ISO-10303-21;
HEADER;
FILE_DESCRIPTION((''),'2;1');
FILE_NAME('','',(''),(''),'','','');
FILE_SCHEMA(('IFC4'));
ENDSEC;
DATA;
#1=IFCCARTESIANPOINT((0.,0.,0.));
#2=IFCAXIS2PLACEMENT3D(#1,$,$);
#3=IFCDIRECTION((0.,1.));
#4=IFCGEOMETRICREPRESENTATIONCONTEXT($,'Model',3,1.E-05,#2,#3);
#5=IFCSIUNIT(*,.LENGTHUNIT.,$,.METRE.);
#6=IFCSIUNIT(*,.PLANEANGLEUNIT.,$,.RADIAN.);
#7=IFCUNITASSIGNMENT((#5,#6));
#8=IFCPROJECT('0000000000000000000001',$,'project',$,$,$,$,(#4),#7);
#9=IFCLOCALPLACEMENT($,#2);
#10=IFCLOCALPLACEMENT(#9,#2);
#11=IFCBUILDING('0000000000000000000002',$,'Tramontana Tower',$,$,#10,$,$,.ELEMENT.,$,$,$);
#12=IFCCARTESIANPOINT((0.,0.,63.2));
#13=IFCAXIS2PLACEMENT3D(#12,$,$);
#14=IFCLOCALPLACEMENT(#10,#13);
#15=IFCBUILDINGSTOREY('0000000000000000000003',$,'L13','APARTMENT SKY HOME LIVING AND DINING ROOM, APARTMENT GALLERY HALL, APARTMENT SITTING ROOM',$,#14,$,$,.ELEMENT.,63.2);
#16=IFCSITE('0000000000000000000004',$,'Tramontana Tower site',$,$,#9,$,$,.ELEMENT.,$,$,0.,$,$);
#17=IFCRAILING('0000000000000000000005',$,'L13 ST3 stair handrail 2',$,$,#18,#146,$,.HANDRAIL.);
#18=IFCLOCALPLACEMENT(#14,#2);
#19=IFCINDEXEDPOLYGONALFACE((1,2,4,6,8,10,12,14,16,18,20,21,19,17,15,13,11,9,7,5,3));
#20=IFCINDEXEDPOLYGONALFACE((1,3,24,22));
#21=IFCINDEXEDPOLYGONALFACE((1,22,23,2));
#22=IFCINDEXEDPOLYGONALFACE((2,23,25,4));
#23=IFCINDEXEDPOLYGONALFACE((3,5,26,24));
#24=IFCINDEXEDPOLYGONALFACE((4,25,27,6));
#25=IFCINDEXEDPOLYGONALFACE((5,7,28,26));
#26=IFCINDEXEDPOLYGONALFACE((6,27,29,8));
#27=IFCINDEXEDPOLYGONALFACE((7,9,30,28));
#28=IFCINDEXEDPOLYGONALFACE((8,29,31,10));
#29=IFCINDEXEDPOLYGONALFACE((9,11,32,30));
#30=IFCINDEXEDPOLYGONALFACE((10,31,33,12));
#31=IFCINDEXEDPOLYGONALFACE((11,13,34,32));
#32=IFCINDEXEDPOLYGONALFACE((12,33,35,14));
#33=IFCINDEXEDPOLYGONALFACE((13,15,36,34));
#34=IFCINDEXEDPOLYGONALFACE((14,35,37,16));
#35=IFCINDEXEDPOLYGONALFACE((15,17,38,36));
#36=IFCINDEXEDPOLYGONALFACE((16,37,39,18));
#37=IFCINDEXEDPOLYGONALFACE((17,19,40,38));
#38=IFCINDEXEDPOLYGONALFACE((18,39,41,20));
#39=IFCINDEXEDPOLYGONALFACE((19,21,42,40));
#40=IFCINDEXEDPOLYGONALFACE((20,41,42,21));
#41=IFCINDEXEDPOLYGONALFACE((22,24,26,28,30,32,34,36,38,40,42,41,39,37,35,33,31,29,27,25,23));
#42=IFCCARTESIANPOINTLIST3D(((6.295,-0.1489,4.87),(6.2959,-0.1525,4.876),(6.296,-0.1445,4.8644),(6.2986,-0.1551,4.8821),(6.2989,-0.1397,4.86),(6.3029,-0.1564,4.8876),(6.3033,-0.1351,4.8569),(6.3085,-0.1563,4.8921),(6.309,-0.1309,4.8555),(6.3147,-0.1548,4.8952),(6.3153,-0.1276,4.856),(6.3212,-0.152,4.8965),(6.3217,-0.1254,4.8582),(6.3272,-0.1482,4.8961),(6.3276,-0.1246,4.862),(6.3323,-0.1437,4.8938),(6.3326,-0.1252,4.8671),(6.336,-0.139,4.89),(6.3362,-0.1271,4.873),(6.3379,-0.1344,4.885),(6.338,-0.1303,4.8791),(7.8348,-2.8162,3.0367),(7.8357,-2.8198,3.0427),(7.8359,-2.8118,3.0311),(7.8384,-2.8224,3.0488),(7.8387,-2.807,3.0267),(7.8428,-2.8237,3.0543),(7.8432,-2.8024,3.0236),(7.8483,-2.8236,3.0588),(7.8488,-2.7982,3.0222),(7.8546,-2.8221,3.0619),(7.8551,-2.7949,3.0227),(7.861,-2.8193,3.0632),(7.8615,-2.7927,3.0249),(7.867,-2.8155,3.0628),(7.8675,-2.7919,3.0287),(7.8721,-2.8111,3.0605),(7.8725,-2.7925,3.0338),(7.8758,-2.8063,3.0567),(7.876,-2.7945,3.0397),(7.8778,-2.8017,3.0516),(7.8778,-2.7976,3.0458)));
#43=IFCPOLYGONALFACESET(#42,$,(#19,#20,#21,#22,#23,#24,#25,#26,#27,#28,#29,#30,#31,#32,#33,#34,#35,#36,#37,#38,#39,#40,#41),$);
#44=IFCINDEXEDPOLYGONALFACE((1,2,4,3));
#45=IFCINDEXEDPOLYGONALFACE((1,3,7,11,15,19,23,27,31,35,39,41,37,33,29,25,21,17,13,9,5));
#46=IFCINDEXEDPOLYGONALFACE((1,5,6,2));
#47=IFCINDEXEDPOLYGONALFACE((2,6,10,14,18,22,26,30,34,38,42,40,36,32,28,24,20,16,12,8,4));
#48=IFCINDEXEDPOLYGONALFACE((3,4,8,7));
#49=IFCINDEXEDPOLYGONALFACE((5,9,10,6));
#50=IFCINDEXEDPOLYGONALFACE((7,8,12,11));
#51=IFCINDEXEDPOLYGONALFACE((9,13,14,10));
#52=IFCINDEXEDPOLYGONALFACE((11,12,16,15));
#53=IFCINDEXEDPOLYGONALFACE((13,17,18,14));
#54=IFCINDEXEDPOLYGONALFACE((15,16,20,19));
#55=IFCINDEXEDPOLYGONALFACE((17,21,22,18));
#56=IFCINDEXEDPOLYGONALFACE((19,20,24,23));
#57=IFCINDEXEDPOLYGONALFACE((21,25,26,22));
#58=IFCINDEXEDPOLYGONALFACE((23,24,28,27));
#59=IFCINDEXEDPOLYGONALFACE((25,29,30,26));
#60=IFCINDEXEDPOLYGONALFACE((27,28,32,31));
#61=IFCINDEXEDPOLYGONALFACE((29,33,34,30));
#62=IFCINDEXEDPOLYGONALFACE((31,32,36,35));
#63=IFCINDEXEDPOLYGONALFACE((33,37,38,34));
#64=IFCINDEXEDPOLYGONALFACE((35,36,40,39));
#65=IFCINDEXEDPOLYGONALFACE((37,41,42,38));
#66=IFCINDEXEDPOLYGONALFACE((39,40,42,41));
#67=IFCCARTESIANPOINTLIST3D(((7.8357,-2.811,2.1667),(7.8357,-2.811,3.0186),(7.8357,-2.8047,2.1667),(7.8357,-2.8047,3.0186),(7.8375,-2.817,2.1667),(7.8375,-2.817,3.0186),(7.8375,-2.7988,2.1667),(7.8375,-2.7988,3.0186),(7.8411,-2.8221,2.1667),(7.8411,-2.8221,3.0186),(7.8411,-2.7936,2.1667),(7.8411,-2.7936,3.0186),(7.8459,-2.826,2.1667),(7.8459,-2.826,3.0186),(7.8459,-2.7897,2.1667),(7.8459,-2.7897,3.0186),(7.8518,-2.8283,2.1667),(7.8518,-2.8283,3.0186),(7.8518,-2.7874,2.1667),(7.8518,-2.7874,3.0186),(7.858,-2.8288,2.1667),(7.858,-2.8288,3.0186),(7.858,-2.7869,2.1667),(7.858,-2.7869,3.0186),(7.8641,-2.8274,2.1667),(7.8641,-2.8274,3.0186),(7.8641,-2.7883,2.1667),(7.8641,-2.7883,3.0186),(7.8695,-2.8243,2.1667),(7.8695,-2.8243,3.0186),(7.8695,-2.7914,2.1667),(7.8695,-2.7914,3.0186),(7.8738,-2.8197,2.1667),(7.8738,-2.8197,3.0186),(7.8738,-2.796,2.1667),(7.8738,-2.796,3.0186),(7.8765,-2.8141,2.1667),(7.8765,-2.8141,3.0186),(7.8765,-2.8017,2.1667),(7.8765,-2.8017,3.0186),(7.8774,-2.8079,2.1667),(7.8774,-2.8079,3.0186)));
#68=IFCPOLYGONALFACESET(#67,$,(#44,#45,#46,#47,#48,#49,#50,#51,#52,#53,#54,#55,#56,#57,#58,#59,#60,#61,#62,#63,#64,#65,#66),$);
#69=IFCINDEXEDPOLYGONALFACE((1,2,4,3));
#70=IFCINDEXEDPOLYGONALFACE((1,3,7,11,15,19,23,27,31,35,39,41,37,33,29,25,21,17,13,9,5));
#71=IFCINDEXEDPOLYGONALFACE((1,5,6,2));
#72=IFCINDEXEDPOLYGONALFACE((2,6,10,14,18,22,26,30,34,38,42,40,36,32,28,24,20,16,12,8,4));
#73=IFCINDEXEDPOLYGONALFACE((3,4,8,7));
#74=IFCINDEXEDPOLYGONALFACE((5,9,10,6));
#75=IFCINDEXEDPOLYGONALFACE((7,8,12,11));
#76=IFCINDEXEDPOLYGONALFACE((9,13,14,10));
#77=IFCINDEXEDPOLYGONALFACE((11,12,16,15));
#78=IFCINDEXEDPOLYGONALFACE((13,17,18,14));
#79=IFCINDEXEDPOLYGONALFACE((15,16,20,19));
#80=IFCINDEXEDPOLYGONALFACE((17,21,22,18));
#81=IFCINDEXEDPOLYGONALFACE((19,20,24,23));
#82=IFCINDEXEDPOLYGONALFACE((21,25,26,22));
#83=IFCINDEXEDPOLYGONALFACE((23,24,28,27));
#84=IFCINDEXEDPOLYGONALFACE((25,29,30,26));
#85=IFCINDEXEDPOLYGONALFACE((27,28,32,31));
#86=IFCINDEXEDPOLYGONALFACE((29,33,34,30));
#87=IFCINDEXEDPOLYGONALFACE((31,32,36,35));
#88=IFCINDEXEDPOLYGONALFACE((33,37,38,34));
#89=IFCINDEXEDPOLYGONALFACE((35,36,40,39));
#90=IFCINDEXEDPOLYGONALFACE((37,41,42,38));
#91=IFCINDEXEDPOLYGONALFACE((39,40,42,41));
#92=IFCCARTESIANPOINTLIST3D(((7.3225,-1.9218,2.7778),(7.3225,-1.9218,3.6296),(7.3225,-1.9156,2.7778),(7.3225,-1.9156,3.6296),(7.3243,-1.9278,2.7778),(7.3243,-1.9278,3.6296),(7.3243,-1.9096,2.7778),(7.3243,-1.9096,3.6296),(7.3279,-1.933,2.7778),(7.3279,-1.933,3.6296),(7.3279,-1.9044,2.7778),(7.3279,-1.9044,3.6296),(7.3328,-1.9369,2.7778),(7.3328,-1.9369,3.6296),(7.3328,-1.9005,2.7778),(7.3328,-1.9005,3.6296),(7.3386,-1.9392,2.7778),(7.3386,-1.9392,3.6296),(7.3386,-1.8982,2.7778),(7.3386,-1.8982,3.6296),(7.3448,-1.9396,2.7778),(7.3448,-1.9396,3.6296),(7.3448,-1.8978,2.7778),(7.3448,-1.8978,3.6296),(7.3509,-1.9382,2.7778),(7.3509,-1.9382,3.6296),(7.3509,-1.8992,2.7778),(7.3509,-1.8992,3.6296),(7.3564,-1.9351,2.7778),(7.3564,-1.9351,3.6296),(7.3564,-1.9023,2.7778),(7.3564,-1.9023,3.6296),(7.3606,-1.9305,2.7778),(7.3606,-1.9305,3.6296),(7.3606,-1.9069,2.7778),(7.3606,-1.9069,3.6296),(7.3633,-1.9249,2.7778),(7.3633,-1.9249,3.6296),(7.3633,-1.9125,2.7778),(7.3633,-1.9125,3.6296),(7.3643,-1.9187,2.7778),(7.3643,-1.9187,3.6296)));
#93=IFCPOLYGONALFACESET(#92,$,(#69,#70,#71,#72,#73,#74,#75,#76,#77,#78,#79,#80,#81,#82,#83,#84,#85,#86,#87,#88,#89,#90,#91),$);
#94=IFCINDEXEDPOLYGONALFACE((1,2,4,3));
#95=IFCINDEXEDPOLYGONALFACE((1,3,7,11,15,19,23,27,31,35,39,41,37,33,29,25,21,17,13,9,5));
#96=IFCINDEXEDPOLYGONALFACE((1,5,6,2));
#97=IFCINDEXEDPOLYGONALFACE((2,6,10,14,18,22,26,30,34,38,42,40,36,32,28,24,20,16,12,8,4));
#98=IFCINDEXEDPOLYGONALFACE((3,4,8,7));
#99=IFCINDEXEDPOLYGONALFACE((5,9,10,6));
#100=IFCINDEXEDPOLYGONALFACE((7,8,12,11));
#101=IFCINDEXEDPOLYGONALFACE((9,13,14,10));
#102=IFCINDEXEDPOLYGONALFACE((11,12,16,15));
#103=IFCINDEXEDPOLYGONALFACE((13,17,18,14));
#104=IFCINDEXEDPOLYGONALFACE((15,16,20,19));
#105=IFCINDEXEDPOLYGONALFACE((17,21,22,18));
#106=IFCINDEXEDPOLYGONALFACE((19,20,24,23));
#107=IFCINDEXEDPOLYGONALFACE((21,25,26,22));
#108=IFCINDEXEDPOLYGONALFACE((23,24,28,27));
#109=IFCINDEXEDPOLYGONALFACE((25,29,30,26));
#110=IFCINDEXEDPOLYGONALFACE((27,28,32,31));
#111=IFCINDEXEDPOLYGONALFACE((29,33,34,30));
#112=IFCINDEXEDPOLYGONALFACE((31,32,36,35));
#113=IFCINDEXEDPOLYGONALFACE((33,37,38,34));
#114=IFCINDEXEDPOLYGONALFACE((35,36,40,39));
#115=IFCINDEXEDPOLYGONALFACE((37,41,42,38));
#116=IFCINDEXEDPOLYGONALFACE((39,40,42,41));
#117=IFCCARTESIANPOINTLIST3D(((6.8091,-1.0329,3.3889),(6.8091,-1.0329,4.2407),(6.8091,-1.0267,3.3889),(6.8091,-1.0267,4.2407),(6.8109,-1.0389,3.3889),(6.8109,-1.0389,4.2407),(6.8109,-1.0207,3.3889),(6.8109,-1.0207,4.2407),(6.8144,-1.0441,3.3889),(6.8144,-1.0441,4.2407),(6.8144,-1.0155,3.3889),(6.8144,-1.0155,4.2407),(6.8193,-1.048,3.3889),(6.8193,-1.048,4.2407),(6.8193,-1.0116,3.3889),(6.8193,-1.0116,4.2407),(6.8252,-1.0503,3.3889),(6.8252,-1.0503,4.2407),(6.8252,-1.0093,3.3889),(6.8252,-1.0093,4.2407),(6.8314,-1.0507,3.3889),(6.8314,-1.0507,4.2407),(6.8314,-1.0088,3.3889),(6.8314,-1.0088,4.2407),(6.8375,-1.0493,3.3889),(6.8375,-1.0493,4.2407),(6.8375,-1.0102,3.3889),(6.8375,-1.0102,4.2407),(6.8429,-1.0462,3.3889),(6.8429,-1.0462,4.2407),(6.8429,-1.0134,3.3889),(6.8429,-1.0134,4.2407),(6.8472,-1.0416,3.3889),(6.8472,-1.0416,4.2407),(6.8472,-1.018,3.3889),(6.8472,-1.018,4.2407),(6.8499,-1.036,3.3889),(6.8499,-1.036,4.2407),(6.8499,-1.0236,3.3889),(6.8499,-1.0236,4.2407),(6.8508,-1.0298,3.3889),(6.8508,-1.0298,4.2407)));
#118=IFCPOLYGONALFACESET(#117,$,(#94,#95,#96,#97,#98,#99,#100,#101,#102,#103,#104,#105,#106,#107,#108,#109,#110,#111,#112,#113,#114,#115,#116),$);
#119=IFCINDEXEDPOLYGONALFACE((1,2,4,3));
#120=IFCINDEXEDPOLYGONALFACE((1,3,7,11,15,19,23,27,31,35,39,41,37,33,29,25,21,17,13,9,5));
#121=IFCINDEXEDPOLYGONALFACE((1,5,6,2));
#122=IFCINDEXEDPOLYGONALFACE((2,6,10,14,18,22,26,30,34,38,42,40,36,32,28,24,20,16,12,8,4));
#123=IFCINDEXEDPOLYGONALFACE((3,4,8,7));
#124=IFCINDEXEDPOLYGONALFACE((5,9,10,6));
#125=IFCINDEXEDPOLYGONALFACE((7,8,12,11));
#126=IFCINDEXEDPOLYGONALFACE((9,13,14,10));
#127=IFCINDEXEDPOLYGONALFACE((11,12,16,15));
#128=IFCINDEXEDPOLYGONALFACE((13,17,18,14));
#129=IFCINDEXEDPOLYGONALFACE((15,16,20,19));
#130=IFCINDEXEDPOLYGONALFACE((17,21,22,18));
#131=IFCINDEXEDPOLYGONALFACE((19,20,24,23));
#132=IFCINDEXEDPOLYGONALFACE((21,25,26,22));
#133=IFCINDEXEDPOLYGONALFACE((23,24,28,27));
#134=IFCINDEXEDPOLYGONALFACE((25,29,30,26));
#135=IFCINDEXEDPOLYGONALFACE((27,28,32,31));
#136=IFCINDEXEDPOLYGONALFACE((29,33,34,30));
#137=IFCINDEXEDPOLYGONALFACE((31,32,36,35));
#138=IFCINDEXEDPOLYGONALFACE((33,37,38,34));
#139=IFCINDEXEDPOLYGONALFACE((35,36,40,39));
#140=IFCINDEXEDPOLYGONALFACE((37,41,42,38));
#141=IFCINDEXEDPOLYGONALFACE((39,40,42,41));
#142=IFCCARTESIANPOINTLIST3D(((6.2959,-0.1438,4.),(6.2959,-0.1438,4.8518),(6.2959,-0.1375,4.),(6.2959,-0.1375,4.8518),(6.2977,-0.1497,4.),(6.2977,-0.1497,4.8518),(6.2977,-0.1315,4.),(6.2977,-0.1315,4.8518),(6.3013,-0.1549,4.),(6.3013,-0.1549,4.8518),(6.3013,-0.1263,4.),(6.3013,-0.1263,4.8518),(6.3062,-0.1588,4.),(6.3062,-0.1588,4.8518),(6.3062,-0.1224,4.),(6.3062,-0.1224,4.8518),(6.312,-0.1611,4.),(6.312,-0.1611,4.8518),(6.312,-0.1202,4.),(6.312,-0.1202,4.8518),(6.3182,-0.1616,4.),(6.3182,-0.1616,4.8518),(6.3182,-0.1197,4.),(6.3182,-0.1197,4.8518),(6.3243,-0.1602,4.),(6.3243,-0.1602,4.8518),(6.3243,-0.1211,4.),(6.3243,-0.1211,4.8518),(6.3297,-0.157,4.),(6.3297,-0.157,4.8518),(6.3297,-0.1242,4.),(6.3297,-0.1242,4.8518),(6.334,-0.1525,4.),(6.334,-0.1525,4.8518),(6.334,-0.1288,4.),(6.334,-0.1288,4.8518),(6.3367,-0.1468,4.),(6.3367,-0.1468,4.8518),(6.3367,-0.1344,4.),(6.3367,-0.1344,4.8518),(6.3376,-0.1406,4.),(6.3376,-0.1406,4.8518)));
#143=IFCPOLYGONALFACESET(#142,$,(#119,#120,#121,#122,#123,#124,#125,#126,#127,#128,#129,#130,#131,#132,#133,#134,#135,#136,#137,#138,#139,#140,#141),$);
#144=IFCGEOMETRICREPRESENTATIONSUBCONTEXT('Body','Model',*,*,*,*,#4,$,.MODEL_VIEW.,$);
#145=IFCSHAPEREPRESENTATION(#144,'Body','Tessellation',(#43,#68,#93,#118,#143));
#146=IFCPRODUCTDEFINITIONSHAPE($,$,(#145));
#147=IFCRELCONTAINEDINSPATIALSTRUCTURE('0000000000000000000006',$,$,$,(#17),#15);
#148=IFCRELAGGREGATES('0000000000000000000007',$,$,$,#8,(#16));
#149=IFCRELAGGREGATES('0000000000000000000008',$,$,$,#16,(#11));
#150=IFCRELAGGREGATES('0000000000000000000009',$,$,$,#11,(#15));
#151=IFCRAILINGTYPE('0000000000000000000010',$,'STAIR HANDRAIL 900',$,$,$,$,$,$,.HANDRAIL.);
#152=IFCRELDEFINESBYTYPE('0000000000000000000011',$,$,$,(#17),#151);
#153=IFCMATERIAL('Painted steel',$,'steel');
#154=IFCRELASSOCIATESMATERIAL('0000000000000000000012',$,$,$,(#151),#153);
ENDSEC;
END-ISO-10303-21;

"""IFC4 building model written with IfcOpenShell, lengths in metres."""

from ifc_helpers import new_model, si_unit, direction, frame, origin, origin_2d, place, context, subcontext, project, spatial, circle, extrude, material, type_object, element, save


model = new_model("IFC4")

# Units and contexts
model_context = context("Model", 3, precision=1e-05, world=origin(), true_north=direction((0.0, 1.0)))
body_context = subcontext(model_context, "Body", "Model", "MODEL_VIEW")
ifc_project = project(units=[si_unit("LENGTHUNIT", "METRE"), si_unit("PLANEANGLEUNIT", "RADIAN")], contexts=[model_context])

# Site, building, storey
site_placement = place(None, origin())
site = spatial("IfcSite", under=ifc_project, at=site_placement, Name="Tramontana Tower site", CompositionType="ELEMENT", RefElevation=0.0)
building_placement = place(site_placement, origin())
building = spatial("IfcBuilding", under=site, at=building_placement, Name="Tramontana Tower", CompositionType="ELEMENT")
storey_placement = place(building_placement, frame((0.0, 0.0, 63.2)))
storey = spatial("IfcBuildingStorey", under=building, at=storey_placement, Name="L13", Description="APARTMENT SKY HOME LIVING AND DINING ROOM, APARTMENT GALLERY HALL, APARTMENT SITTING ROOM", CompositionType="ELEMENT", Elevation=63.2)

# Railing
ifc_material_1 = material(Name="Painted steel", Category="steel")
railing_type_1 = type_object("IfcRailingType", Name="STAIR HANDRAIL 900", PredefinedType="HANDRAIL", material=ifc_material_1)
railing_1_placement = place(storey_placement, frame((7.8564, -2.8079, 2.1667)))
element("IfcRailing", 1, at=railing_1_placement, inside=storey, type_object=railing_type_1, Name="L13 ST3 stair handrail 2", PredefinedType="HANDRAIL", context=body_context, shape_type="SweptSolid", body=[
    extrude(circle(Radius=0.0239, at=origin_2d()), frame((0.0, 0.0, 0.876), z_axis=(-0.429616, 0.744181, 0.511493), x_axis=(-0.866044, -0.499967, 0.0)), (0.0, 0.0, 1.0), 3.5842),
    extrude(circle(Radius=0.021, at=origin_2d()), origin(), (0.0, 0.0, 1.0), 0.8518),
    extrude(circle(Radius=0.021, at=origin_2d()), frame((-0.5132, 0.8892, 0.6111)), (0.0, 0.0, 1.0), 0.8518),
    extrude(circle(Radius=0.021, at=origin_2d()), frame((-1.0266, 1.7781, 1.2222)), (0.0, 0.0, 1.0), 0.8518),
    extrude(circle(Radius=0.021, at=origin_2d()), frame((-1.5398, 2.6672, 1.8333)), (0.0, 0.0, 1.0), 0.8518),
])

save(model, "model.ifc")
